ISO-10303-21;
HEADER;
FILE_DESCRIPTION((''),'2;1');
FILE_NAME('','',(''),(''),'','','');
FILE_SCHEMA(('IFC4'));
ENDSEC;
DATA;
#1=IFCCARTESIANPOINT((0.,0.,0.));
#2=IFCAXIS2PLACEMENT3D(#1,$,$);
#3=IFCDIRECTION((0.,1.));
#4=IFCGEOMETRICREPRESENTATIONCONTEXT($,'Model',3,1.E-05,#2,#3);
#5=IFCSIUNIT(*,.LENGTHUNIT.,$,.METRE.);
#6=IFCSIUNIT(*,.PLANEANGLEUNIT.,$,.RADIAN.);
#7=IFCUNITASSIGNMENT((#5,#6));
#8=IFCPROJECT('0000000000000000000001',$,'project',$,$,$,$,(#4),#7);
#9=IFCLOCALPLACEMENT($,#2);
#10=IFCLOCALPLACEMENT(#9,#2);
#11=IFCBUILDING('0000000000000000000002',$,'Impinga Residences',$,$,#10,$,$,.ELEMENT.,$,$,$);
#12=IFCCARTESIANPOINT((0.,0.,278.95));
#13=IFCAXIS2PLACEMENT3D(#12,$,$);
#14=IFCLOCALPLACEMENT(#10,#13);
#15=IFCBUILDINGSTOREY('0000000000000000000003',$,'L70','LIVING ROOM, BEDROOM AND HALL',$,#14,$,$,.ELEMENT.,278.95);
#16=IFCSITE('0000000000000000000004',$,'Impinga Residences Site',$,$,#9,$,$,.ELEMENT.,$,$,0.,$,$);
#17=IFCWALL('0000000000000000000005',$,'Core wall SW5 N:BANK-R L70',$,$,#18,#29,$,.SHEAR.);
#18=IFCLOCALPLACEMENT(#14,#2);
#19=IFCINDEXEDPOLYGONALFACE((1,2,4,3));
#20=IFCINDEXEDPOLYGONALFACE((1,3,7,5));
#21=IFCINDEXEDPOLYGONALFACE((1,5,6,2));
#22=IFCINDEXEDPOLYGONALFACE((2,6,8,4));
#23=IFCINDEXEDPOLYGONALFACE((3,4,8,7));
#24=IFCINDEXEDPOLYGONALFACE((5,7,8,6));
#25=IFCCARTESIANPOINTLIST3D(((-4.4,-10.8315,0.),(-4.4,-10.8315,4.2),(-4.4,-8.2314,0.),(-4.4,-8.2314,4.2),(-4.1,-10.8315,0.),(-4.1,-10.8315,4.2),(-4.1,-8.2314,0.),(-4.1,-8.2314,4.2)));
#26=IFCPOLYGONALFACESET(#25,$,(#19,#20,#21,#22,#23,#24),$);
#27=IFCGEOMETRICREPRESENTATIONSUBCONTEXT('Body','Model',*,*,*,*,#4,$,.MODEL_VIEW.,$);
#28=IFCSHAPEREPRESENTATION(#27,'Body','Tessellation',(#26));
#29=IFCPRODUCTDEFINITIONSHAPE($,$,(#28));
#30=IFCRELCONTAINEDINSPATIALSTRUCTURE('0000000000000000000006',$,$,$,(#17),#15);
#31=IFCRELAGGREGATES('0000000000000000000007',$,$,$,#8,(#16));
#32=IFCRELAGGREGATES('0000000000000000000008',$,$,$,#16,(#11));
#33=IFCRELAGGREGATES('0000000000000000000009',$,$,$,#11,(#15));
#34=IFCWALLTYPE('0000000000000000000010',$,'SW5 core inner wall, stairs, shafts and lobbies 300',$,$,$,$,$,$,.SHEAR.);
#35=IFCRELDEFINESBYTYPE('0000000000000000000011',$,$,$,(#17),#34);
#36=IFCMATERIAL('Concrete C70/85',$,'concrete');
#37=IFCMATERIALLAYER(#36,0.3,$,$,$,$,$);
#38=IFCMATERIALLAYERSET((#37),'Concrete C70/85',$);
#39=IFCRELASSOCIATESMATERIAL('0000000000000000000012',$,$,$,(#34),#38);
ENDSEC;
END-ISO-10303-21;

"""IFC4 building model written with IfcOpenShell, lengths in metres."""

from ifc_helpers import new_model, si_unit, direction, frame, frame_2d, origin, place, context, subcontext, project, spatial, rectangle, extrude, material, layer, layer_set, type_object, element, save


model = new_model("IFC4")

# Units and contexts
model_context = context("Model", 3, precision=1e-05, world=origin(), true_north=direction((0.0, 1.0)))
body_context = subcontext(model_context, "Body", "Model", "MODEL_VIEW")
ifc_project = project(units=[si_unit("LENGTHUNIT", "METRE"), si_unit("PLANEANGLEUNIT", "RADIAN")], contexts=[model_context])

# Site, building, storey
site_placement = place(None, origin())
site = spatial("IfcSite", under=ifc_project, at=site_placement, Name="Impinga Residences Site", CompositionType="ELEMENT", RefElevation=0.0)
building_placement = place(site_placement, origin())
building = spatial("IfcBuilding", under=site, at=building_placement, Name="Impinga Residences", CompositionType="ELEMENT")
storey_placement = place(building_placement, frame((0.0, 0.0, 278.95)))
storey = spatial("IfcBuildingStorey", under=building, at=storey_placement, Name="L70", Description="LIVING ROOM, BEDROOM AND HALL", CompositionType="ELEMENT", Elevation=278.95)

# Shared definitions
ifc_material_1 = material(Name="Concrete C70/85", Category="concrete")
ifc_layer_1 = layer(ifc_material_1, 0.3)
ifc_layer_set_1 = layer_set([ifc_layer_1], Name="Concrete C70/85")
wall_type_1 = type_object("IfcWallType", Name="SW5 core inner wall, stairs, shafts and lobbies 300", PredefinedType="SHEAR", material=ifc_layer_set_1)

# Wall
wall_1_placement = place(storey_placement, frame((-4.25, -8.2314, 0.0), z_axis=(0.0, 0.0, 1.0), x_axis=(0.0, -1.0, 0.0)))
element("IfcWall", 1, at=wall_1_placement, inside=storey, type_object=wall_type_1, Name="Core wall SW5 N:BANK-R L70", PredefinedType="SHEAR", context=body_context, shape_type="SweptSolid", body=[
    extrude(rectangle(XDim=2.6001, YDim=0.3, at=frame_2d((1.3, 0.0))), origin(), (0.0, 0.0, 1.0), 4.2),
])

save(model, "model.ifc")
